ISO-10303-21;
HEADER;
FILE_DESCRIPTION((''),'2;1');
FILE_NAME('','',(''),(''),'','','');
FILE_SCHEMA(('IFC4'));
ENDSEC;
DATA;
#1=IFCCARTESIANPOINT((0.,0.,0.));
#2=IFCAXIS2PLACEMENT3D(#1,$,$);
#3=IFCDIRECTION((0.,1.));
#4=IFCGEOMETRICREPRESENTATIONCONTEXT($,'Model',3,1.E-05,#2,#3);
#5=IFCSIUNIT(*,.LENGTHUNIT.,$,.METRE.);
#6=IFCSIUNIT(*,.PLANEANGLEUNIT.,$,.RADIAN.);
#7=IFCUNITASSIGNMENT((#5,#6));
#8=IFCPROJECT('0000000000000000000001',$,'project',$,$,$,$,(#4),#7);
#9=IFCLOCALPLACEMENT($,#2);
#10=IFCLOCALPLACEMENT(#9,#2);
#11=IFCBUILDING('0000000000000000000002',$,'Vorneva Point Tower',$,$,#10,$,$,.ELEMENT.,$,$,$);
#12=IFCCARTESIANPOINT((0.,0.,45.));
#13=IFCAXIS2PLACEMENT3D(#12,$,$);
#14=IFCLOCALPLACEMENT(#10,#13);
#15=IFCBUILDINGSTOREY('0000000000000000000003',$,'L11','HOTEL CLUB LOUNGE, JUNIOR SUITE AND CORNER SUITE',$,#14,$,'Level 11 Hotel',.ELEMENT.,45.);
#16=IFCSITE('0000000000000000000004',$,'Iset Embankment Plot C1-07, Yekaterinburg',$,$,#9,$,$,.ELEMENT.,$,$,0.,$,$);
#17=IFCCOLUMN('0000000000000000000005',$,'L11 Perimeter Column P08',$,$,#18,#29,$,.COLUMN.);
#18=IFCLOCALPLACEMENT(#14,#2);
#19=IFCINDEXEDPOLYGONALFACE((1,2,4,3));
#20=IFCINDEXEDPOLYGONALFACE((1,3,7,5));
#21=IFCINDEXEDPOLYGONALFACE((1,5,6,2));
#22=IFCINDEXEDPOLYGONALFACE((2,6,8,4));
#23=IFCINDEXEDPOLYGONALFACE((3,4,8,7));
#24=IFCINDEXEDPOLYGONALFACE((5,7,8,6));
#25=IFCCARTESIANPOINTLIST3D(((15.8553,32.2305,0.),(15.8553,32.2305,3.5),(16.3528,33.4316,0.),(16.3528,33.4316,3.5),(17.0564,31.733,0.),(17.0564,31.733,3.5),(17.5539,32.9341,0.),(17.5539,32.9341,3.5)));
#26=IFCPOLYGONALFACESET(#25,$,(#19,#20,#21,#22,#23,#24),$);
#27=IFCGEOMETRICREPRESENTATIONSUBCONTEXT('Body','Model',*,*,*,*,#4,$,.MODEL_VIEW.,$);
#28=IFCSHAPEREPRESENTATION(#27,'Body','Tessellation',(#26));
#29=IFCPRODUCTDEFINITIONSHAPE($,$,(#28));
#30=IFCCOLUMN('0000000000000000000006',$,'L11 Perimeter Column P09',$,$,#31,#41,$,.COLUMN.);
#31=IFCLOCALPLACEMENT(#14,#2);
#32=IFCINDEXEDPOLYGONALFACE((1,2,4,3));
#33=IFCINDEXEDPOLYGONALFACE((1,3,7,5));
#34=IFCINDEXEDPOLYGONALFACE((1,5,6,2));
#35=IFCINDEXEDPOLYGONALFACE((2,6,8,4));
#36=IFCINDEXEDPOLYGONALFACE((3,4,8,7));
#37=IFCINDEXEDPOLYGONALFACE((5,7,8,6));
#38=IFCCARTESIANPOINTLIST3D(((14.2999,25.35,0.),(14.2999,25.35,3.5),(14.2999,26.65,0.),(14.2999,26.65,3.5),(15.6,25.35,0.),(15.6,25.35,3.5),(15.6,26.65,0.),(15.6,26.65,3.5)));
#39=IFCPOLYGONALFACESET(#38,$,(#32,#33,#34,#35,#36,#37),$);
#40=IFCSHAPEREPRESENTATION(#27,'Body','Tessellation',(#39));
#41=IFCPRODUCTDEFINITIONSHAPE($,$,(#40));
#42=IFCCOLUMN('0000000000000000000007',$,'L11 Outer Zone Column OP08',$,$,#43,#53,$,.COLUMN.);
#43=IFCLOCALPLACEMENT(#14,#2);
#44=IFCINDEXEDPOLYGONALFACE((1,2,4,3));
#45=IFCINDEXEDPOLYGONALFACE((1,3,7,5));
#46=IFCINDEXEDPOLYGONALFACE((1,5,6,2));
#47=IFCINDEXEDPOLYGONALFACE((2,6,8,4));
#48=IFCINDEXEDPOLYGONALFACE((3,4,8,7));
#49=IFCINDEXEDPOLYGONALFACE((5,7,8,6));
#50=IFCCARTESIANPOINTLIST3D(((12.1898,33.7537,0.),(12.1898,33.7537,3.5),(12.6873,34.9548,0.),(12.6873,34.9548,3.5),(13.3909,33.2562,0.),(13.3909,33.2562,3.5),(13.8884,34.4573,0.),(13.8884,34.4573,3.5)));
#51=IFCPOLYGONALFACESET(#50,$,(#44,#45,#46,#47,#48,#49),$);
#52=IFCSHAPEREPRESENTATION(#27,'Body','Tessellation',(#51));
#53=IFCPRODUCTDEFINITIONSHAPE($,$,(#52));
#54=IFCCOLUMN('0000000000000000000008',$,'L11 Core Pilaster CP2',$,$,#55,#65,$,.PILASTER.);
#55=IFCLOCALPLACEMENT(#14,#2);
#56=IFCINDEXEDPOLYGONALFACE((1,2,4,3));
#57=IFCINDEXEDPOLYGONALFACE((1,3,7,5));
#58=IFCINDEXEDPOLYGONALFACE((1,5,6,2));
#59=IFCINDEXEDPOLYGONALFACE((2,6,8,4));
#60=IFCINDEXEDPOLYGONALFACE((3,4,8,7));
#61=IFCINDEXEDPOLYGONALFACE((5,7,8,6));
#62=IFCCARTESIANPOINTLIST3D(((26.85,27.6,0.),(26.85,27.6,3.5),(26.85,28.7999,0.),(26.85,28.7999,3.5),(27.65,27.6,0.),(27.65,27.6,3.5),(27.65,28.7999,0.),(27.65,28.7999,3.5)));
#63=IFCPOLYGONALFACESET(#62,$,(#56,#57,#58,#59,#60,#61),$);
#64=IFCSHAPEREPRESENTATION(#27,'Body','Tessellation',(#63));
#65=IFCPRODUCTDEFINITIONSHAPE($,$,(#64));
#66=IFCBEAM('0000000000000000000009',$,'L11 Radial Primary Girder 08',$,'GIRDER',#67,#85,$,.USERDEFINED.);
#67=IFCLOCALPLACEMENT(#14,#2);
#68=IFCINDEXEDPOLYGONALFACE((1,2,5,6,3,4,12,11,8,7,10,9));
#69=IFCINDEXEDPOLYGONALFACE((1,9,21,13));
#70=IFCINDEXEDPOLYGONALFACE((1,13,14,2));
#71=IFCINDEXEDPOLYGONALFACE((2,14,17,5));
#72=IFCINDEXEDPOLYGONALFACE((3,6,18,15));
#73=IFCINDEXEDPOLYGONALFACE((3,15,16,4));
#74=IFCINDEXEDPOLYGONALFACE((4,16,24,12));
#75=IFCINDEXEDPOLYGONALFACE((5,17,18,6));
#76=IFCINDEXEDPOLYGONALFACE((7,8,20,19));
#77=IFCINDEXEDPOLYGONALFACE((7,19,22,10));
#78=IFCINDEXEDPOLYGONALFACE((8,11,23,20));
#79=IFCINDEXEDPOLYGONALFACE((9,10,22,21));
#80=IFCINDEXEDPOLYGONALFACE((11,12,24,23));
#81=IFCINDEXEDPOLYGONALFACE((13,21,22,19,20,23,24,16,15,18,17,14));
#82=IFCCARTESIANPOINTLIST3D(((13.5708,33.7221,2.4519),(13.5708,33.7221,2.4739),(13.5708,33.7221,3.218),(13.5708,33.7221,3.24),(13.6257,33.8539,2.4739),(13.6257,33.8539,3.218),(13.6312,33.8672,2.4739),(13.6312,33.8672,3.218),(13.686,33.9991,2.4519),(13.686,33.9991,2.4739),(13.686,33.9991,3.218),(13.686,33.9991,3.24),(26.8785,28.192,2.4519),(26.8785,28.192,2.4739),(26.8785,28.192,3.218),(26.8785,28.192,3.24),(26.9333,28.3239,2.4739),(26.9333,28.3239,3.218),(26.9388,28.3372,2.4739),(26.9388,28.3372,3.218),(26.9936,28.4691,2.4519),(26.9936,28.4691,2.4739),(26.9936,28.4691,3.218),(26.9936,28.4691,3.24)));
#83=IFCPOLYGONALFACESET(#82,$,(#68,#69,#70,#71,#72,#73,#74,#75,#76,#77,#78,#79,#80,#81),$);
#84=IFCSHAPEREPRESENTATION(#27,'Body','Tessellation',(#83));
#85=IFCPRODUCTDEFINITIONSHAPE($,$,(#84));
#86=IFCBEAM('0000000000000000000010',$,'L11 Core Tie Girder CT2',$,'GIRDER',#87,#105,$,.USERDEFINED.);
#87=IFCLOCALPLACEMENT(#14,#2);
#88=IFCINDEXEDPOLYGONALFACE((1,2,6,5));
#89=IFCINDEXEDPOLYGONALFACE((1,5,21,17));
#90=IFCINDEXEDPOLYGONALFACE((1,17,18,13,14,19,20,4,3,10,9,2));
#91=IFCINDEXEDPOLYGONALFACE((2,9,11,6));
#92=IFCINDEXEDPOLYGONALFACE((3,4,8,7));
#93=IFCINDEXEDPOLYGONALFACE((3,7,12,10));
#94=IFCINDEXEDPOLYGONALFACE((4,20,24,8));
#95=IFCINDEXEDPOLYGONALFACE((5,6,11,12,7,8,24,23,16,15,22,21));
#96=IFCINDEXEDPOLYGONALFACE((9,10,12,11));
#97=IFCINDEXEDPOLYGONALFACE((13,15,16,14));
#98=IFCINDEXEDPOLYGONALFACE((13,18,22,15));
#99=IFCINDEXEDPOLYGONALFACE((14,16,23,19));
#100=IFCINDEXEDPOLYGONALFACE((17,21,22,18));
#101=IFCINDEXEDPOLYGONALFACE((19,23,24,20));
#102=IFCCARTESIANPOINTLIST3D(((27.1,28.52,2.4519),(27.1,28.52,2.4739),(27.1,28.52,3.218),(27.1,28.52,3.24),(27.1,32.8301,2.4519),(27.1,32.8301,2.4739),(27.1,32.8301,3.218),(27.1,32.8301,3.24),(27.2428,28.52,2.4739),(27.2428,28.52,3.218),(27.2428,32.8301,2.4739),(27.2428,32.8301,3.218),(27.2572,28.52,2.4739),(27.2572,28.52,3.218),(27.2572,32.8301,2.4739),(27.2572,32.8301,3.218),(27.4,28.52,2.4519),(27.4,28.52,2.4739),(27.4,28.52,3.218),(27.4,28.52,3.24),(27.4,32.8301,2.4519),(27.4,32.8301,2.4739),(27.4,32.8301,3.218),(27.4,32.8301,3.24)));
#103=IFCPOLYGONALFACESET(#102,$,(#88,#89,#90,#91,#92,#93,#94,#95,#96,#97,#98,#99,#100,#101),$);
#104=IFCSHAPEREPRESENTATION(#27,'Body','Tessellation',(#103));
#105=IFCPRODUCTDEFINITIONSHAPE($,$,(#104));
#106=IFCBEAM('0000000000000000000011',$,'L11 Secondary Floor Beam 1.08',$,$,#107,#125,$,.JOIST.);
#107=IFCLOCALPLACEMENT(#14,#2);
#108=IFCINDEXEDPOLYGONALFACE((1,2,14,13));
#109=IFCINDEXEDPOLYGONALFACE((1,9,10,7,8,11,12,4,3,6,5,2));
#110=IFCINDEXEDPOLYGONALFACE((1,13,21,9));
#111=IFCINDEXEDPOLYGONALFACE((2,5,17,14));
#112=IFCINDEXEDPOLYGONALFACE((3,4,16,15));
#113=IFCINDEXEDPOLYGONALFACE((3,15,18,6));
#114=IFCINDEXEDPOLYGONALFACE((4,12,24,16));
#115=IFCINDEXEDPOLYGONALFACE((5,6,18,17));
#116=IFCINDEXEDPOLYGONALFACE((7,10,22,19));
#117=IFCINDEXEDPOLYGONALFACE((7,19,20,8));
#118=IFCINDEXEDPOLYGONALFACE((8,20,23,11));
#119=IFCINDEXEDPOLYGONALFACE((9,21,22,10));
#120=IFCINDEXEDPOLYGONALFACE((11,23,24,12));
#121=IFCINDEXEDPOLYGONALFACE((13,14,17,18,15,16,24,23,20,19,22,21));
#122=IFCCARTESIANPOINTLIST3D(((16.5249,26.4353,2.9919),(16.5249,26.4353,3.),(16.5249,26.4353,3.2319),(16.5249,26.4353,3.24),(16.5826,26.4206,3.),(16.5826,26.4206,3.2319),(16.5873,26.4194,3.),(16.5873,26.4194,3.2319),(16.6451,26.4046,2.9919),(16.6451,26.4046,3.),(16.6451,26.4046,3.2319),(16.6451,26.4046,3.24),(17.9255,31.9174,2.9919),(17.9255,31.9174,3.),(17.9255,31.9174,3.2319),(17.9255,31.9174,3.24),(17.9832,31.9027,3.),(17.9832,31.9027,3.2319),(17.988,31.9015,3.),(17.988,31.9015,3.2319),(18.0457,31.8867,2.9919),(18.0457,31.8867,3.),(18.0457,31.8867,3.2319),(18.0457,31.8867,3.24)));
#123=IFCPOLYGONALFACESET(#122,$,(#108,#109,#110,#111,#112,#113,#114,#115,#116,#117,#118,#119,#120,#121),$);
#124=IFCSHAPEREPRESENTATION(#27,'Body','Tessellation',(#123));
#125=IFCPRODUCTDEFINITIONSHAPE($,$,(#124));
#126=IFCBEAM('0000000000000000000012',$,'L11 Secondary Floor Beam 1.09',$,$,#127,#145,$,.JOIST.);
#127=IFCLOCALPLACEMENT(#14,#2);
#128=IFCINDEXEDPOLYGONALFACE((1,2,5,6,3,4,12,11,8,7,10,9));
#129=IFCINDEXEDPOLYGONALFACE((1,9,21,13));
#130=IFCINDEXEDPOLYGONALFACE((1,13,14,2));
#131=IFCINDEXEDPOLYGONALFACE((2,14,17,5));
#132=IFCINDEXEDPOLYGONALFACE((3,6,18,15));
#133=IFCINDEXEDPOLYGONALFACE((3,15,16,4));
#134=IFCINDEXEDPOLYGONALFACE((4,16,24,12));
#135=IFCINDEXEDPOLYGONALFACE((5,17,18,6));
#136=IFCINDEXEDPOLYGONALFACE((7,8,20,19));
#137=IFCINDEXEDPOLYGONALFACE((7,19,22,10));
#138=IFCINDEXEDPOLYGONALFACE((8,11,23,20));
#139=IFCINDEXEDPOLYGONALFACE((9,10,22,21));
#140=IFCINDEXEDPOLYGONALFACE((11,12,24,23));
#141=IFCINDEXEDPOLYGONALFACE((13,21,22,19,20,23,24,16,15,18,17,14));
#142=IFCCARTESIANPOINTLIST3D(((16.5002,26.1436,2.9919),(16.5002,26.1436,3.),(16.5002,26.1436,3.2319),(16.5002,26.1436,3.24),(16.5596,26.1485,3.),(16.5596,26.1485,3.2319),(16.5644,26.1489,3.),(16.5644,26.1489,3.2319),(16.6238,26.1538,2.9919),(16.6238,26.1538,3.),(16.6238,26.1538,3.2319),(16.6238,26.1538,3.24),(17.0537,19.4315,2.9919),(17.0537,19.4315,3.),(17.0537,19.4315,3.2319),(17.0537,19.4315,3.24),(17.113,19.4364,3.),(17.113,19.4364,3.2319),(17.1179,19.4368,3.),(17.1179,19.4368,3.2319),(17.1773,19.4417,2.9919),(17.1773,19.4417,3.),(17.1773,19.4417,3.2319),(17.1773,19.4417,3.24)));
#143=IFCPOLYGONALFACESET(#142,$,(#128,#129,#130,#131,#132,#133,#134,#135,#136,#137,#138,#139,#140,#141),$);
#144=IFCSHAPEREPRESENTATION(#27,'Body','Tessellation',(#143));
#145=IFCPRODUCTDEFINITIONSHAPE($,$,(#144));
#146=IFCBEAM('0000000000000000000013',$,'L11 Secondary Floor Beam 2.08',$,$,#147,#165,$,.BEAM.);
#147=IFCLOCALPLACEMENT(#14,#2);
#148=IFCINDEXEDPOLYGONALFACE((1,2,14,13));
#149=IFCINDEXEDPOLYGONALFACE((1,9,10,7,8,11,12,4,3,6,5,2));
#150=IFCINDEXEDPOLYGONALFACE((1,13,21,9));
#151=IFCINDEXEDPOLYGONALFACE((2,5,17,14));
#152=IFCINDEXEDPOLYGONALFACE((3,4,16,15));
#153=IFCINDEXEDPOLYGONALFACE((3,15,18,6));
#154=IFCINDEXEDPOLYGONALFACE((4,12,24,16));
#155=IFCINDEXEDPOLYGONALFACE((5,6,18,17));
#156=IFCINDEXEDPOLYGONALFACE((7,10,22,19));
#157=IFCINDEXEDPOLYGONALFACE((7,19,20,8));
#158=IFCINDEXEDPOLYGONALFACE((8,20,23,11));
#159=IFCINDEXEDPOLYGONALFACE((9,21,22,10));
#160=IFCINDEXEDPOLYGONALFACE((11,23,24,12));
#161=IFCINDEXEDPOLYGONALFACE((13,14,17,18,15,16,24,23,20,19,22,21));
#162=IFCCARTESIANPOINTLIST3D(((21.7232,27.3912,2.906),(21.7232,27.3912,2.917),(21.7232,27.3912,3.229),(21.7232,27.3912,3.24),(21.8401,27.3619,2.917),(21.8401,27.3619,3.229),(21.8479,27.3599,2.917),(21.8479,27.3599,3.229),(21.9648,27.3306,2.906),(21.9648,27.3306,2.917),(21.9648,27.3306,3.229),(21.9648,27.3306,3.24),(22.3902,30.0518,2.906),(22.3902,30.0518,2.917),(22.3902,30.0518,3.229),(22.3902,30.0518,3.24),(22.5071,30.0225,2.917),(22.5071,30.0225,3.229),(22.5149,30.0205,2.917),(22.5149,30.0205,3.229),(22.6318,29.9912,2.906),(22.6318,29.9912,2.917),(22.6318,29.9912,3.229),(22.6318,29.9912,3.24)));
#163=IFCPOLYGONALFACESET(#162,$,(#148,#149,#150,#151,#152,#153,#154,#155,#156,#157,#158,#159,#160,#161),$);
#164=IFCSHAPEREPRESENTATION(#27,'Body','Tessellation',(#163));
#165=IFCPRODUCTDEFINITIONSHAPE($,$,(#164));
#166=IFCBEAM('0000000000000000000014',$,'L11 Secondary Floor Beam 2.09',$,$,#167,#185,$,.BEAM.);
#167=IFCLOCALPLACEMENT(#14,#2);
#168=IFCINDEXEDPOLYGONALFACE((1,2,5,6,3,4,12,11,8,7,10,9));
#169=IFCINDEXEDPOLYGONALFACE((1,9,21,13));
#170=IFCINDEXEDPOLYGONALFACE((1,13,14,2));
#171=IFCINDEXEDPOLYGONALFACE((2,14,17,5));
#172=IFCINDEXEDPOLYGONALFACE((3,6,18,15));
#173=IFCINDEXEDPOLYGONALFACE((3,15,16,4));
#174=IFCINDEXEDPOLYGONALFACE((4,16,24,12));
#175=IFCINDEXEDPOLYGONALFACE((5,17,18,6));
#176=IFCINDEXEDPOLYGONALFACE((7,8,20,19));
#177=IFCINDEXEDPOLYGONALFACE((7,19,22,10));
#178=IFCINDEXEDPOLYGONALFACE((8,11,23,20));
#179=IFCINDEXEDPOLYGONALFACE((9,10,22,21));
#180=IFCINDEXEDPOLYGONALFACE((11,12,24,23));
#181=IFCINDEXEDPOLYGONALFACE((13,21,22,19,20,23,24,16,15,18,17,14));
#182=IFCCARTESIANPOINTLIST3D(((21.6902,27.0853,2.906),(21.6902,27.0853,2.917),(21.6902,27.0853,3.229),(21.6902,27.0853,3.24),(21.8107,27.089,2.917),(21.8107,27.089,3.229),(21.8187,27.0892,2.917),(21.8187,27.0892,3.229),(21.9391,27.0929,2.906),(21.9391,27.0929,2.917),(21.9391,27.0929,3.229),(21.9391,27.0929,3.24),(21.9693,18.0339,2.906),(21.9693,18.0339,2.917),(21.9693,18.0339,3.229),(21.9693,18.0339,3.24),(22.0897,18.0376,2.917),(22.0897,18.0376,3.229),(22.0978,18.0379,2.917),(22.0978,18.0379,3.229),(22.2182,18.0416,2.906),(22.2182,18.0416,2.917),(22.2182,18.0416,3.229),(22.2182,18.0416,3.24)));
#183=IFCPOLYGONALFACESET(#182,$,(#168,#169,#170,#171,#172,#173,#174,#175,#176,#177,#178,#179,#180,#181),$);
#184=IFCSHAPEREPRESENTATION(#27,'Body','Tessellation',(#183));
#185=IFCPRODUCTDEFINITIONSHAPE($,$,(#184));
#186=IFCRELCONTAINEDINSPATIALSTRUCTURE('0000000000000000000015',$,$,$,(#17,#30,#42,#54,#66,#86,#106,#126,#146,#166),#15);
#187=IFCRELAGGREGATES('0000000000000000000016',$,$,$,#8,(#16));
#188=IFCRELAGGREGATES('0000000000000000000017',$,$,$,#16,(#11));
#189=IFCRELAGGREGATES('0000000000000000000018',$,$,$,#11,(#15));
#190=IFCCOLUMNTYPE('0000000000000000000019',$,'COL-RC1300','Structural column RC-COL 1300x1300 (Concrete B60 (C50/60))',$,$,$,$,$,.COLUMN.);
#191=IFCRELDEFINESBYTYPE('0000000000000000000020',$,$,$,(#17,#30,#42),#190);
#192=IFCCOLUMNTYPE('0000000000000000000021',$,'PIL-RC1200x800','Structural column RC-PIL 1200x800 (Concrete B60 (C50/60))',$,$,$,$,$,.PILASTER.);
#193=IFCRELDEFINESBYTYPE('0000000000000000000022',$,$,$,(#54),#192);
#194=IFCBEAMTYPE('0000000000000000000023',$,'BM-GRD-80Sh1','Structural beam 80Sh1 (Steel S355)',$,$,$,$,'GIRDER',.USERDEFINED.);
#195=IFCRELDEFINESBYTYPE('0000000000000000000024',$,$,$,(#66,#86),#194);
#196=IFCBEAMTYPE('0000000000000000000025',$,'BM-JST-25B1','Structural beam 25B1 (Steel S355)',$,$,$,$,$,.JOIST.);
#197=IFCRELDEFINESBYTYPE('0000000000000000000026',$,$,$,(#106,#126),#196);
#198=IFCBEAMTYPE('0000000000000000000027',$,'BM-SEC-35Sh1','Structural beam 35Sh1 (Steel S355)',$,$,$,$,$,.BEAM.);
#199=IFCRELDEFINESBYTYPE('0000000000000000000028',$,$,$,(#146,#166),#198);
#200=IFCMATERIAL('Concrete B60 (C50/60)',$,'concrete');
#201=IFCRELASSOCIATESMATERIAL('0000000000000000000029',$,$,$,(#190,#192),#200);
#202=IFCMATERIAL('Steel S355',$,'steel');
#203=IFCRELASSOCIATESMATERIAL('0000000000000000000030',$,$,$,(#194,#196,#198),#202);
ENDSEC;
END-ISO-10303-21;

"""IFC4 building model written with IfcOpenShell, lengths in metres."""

from ifc_helpers import new_model, si_unit, direction, frame, origin, origin_2d, place, context, subcontext, project, spatial, rectangle, i_section, extrude, material, material_profile, profile_set, type_object, element, save


model = new_model("IFC4")

# Units and contexts
model_context = context("Model", 3, precision=1e-05, world=origin(), true_north=direction((0.0, 1.0)))
body_context = subcontext(model_context, "Body", "Model", "MODEL_VIEW")
ifc_project = project(units=[si_unit("LENGTHUNIT", "METRE"), si_unit("PLANEANGLEUNIT", "RADIAN")], contexts=[model_context])

# Site, building, storey
site_placement = place(None, origin())
site = spatial("IfcSite", under=ifc_project, at=site_placement, Name="Iset Embankment Plot C1-07, Yekaterinburg", CompositionType="ELEMENT", RefElevation=0.0)
building_placement = place(site_placement, origin())
building = spatial("IfcBuilding", under=site, at=building_placement, Name="Vorneva Point Tower", CompositionType="ELEMENT")
storey_placement = place(building_placement, frame((0.0, 0.0, 45.0)))
storey = spatial("IfcBuildingStorey", under=building, at=storey_placement, Name="L11", Description="HOTEL CLUB LOUNGE, JUNIOR SUITE AND CORNER SUITE", LongName="Level 11 Hotel", CompositionType="ELEMENT", Elevation=45.0)

# Columns
ifc_material_1 = material(Name="Concrete B60 (C50/60)", Category="concrete")
ifc_material_profile_1 = material_profile(ifc_material_1, rectangle(XDim=1.3, YDim=1.3, at=origin_2d()), Name="RC-COL 1300x1300")
ifc_profile_set_1 = profile_set([ifc_material_profile_1], Name="Concrete B60 (C50/60)")
column_type_1 = type_object("IfcColumnType", Name="COL-RC1300", Description="Structural column RC-COL 1300x1300 (Concrete B60 (C50/60))", PredefinedType="COLUMN", material=ifc_profile_set_1)
for number, where, z_axis, x_axis, name in (
    (1, (16.7046, 32.5823, 0.0), (0.0, 0.0, 1.0), (-0.92388, 0.382683, 0.0), "L11 Perimeter Column P08"),
    (2, (14.95, 26.0, 0.0), (0.0, 0.0, 1.0), (-1.0, 0.0, 0.0), "L11 Perimeter Column P09"),
    (3, (13.0391, 34.1055, 0.0), (0.0, 0.0, 1.0), (-0.92388, 0.382683, 0.0), "L11 Outer Zone Column OP08"),
):
    element("IfcColumn", number, at=place(storey_placement, frame(where, z_axis=z_axis, x_axis=x_axis)), inside=storey, type_object=column_type_1, Name=name, PredefinedType="COLUMN", context=body_context, shape_type="SweptSolid", body=[
        extrude(rectangle(XDim=1.3, YDim=1.3, at=origin_2d()), origin(), (0.0, 0.0, 1.0), 3.5),
    ])
ifc_material_profile_2 = material_profile(ifc_material_1, rectangle(XDim=0.8, YDim=1.2, at=origin_2d()), Name="RC-PIL 1200x800")
ifc_profile_set_2 = profile_set([ifc_material_profile_2], Name="Concrete B60 (C50/60)")
column_type_2 = type_object("IfcColumnType", Name="PIL-RC1200x800", Description="Structural column RC-PIL 1200x800 (Concrete B60 (C50/60))", PredefinedType="PILASTER", material=ifc_profile_set_2)
column_placement = place(storey_placement, frame((27.25, 28.2, 0.0), z_axis=(0.0, 0.0, 1.0), x_axis=(1.0, 0.0, 0.0)))
element("IfcColumn", 4, at=column_placement, inside=storey, type_object=column_type_2, Name="L11 Core Pilaster CP2", PredefinedType="PILASTER", context=body_context, shape_type="SweptSolid", body=[
    extrude(rectangle(XDim=0.8, YDim=1.2, at=origin_2d()), origin(), (0.0, 0.0, 1.0), 3.5),
])

# Beams
ifc_material_2 = material(Name="Steel S355", Category="steel")
ifc_material_profile_3 = material_profile(ifc_material_2, i_section(OverallWidth=0.3, OverallDepth=0.7881, WebThickness=0.0144, FlangeThickness=0.022, at=origin_2d()), Name="80Sh1")
ifc_profile_set_3 = profile_set([ifc_material_profile_3], Name="Steel S355")
beam_type_1 = type_object("IfcBeamType", Name="BM-GRD-80Sh1", Description="Structural beam 80Sh1 (Steel S355)", ElementType="GIRDER", PredefinedType="USERDEFINED", material=ifc_profile_set_3)
beam_1_placement = place(storey_placement, frame((13.6284, 33.8606, 2.8459), z_axis=(0.923441, -0.383739, 0.0), x_axis=(0.383739, 0.923441, 0.0)))
element("IfcBeam", 5, at=beam_1_placement, inside=storey, type_object=beam_type_1, Name="L11 Radial Primary Girder 08", ObjectType="GIRDER", PredefinedType="USERDEFINED", context=body_context, shape_type="SweptSolid", body=[
    extrude(i_section(OverallWidth=0.3, OverallDepth=0.7881, WebThickness=0.0144, FlangeThickness=0.022, at=origin_2d()), origin(), (0.0, 0.0, 1.0), 14.4109),
])
beam_2_placement = place(storey_placement, frame((27.25, 28.52, 2.8459), z_axis=(0.0, 1.0, 0.0), x_axis=(-1.0, 0.0, 0.0)))
element("IfcBeam", 6, at=beam_2_placement, inside=storey, type_object=beam_type_1, Name="L11 Core Tie Girder CT2", ObjectType="GIRDER", PredefinedType="USERDEFINED", context=body_context, shape_type="SweptSolid", body=[
    extrude(i_section(OverallWidth=0.3, OverallDepth=0.7881, WebThickness=0.0144, FlangeThickness=0.022, at=origin_2d()), origin(), (0.0, 0.0, 1.0), 4.3101),
])
ifc_material_profile_4 = material_profile(ifc_material_2, i_section(OverallWidth=0.124, OverallDepth=0.248, WebThickness=0.0049, FlangeThickness=0.0081, at=origin_2d()), Name="25B1")
ifc_profile_set_4 = profile_set([ifc_material_profile_4], Name="Steel S355")
beam_type_2 = type_object("IfcBeamType", Name="BM-JST-25B1", Description="Structural beam 25B1 (Steel S355)", PredefinedType="JOIST", material=ifc_profile_set_4)
beam_3_placement = place(storey_placement, frame((17.9856, 31.9021, 3.116), z_axis=(-0.247538, -0.968878, 0.0), x_axis=(0.968878, -0.247538, 0.0)))
element("IfcBeam", 7, at=beam_3_placement, inside=storey, type_object=beam_type_2, Name="L11 Secondary Floor Beam 1.08", PredefinedType="JOIST", context=body_context, shape_type="SweptSolid", body=[
    extrude(i_section(OverallWidth=0.124, OverallDepth=0.248, WebThickness=0.0049, FlangeThickness=0.0081, at=origin_2d()), origin(), (0.0, 0.0, 1.0), 5.6582),
])
beam_4_placement = place(storey_placement, frame((16.562, 26.1487, 3.116), z_axis=(0.082178, -0.996618, 0.0), x_axis=(0.996618, 0.082178, 0.0)))
element("IfcBeam", 8, at=beam_4_placement, inside=storey, type_object=beam_type_2, Name="L11 Secondary Floor Beam 1.09", PredefinedType="JOIST", context=body_context, shape_type="SweptSolid", body=[
    extrude(i_section(OverallWidth=0.124, OverallDepth=0.248, WebThickness=0.0049, FlangeThickness=0.0081, at=origin_2d()), origin(), (0.0, 0.0, 1.0), 6.7349),
])
ifc_material_profile_5 = material_profile(ifc_material_2, i_section(OverallWidth=0.249, OverallDepth=0.334, WebThickness=0.0081, FlangeThickness=0.011, at=origin_2d()), Name="35Sh1")
ifc_profile_set_5 = profile_set([ifc_material_profile_5], Name="Steel S355")
beam_type_3 = type_object("IfcBeamType", Name="BM-SEC-35Sh1", Description="Structural beam 35Sh1 (Steel S355)", PredefinedType="BEAM", material=ifc_profile_set_5)
beam_5_placement = place(storey_placement, frame((22.511, 30.0215, 3.073), z_axis=(-0.243164, -0.969985, 0.0), x_axis=(0.969985, -0.243164, 0.0)))
element("IfcBeam", 9, at=beam_5_placement, inside=storey, type_object=beam_type_3, Name="L11 Secondary Floor Beam 2.08", PredefinedType="BEAM", context=body_context, shape_type="SweptSolid", body=[
    extrude(i_section(OverallWidth=0.249, OverallDepth=0.334, WebThickness=0.0081, FlangeThickness=0.011, at=origin_2d()), origin(), (0.0, 0.0, 1.0), 2.7429),
])
beam_6_placement = place(storey_placement, frame((21.8147, 27.0891, 3.073), z_axis=(0.030816, -0.999525, 0.0), x_axis=(0.999525, 0.030816, 0.0)))
element("IfcBeam", 10, at=beam_6_placement, inside=storey, type_object=beam_type_3, Name="L11 Secondary Floor Beam 2.09", PredefinedType="BEAM", context=body_context, shape_type="SweptSolid", body=[
    extrude(i_section(OverallWidth=0.249, OverallDepth=0.334, WebThickness=0.0081, FlangeThickness=0.011, at=origin_2d()), origin(), (0.0, 0.0, 1.0), 9.0557),
])

save(model, "model.ifc")
